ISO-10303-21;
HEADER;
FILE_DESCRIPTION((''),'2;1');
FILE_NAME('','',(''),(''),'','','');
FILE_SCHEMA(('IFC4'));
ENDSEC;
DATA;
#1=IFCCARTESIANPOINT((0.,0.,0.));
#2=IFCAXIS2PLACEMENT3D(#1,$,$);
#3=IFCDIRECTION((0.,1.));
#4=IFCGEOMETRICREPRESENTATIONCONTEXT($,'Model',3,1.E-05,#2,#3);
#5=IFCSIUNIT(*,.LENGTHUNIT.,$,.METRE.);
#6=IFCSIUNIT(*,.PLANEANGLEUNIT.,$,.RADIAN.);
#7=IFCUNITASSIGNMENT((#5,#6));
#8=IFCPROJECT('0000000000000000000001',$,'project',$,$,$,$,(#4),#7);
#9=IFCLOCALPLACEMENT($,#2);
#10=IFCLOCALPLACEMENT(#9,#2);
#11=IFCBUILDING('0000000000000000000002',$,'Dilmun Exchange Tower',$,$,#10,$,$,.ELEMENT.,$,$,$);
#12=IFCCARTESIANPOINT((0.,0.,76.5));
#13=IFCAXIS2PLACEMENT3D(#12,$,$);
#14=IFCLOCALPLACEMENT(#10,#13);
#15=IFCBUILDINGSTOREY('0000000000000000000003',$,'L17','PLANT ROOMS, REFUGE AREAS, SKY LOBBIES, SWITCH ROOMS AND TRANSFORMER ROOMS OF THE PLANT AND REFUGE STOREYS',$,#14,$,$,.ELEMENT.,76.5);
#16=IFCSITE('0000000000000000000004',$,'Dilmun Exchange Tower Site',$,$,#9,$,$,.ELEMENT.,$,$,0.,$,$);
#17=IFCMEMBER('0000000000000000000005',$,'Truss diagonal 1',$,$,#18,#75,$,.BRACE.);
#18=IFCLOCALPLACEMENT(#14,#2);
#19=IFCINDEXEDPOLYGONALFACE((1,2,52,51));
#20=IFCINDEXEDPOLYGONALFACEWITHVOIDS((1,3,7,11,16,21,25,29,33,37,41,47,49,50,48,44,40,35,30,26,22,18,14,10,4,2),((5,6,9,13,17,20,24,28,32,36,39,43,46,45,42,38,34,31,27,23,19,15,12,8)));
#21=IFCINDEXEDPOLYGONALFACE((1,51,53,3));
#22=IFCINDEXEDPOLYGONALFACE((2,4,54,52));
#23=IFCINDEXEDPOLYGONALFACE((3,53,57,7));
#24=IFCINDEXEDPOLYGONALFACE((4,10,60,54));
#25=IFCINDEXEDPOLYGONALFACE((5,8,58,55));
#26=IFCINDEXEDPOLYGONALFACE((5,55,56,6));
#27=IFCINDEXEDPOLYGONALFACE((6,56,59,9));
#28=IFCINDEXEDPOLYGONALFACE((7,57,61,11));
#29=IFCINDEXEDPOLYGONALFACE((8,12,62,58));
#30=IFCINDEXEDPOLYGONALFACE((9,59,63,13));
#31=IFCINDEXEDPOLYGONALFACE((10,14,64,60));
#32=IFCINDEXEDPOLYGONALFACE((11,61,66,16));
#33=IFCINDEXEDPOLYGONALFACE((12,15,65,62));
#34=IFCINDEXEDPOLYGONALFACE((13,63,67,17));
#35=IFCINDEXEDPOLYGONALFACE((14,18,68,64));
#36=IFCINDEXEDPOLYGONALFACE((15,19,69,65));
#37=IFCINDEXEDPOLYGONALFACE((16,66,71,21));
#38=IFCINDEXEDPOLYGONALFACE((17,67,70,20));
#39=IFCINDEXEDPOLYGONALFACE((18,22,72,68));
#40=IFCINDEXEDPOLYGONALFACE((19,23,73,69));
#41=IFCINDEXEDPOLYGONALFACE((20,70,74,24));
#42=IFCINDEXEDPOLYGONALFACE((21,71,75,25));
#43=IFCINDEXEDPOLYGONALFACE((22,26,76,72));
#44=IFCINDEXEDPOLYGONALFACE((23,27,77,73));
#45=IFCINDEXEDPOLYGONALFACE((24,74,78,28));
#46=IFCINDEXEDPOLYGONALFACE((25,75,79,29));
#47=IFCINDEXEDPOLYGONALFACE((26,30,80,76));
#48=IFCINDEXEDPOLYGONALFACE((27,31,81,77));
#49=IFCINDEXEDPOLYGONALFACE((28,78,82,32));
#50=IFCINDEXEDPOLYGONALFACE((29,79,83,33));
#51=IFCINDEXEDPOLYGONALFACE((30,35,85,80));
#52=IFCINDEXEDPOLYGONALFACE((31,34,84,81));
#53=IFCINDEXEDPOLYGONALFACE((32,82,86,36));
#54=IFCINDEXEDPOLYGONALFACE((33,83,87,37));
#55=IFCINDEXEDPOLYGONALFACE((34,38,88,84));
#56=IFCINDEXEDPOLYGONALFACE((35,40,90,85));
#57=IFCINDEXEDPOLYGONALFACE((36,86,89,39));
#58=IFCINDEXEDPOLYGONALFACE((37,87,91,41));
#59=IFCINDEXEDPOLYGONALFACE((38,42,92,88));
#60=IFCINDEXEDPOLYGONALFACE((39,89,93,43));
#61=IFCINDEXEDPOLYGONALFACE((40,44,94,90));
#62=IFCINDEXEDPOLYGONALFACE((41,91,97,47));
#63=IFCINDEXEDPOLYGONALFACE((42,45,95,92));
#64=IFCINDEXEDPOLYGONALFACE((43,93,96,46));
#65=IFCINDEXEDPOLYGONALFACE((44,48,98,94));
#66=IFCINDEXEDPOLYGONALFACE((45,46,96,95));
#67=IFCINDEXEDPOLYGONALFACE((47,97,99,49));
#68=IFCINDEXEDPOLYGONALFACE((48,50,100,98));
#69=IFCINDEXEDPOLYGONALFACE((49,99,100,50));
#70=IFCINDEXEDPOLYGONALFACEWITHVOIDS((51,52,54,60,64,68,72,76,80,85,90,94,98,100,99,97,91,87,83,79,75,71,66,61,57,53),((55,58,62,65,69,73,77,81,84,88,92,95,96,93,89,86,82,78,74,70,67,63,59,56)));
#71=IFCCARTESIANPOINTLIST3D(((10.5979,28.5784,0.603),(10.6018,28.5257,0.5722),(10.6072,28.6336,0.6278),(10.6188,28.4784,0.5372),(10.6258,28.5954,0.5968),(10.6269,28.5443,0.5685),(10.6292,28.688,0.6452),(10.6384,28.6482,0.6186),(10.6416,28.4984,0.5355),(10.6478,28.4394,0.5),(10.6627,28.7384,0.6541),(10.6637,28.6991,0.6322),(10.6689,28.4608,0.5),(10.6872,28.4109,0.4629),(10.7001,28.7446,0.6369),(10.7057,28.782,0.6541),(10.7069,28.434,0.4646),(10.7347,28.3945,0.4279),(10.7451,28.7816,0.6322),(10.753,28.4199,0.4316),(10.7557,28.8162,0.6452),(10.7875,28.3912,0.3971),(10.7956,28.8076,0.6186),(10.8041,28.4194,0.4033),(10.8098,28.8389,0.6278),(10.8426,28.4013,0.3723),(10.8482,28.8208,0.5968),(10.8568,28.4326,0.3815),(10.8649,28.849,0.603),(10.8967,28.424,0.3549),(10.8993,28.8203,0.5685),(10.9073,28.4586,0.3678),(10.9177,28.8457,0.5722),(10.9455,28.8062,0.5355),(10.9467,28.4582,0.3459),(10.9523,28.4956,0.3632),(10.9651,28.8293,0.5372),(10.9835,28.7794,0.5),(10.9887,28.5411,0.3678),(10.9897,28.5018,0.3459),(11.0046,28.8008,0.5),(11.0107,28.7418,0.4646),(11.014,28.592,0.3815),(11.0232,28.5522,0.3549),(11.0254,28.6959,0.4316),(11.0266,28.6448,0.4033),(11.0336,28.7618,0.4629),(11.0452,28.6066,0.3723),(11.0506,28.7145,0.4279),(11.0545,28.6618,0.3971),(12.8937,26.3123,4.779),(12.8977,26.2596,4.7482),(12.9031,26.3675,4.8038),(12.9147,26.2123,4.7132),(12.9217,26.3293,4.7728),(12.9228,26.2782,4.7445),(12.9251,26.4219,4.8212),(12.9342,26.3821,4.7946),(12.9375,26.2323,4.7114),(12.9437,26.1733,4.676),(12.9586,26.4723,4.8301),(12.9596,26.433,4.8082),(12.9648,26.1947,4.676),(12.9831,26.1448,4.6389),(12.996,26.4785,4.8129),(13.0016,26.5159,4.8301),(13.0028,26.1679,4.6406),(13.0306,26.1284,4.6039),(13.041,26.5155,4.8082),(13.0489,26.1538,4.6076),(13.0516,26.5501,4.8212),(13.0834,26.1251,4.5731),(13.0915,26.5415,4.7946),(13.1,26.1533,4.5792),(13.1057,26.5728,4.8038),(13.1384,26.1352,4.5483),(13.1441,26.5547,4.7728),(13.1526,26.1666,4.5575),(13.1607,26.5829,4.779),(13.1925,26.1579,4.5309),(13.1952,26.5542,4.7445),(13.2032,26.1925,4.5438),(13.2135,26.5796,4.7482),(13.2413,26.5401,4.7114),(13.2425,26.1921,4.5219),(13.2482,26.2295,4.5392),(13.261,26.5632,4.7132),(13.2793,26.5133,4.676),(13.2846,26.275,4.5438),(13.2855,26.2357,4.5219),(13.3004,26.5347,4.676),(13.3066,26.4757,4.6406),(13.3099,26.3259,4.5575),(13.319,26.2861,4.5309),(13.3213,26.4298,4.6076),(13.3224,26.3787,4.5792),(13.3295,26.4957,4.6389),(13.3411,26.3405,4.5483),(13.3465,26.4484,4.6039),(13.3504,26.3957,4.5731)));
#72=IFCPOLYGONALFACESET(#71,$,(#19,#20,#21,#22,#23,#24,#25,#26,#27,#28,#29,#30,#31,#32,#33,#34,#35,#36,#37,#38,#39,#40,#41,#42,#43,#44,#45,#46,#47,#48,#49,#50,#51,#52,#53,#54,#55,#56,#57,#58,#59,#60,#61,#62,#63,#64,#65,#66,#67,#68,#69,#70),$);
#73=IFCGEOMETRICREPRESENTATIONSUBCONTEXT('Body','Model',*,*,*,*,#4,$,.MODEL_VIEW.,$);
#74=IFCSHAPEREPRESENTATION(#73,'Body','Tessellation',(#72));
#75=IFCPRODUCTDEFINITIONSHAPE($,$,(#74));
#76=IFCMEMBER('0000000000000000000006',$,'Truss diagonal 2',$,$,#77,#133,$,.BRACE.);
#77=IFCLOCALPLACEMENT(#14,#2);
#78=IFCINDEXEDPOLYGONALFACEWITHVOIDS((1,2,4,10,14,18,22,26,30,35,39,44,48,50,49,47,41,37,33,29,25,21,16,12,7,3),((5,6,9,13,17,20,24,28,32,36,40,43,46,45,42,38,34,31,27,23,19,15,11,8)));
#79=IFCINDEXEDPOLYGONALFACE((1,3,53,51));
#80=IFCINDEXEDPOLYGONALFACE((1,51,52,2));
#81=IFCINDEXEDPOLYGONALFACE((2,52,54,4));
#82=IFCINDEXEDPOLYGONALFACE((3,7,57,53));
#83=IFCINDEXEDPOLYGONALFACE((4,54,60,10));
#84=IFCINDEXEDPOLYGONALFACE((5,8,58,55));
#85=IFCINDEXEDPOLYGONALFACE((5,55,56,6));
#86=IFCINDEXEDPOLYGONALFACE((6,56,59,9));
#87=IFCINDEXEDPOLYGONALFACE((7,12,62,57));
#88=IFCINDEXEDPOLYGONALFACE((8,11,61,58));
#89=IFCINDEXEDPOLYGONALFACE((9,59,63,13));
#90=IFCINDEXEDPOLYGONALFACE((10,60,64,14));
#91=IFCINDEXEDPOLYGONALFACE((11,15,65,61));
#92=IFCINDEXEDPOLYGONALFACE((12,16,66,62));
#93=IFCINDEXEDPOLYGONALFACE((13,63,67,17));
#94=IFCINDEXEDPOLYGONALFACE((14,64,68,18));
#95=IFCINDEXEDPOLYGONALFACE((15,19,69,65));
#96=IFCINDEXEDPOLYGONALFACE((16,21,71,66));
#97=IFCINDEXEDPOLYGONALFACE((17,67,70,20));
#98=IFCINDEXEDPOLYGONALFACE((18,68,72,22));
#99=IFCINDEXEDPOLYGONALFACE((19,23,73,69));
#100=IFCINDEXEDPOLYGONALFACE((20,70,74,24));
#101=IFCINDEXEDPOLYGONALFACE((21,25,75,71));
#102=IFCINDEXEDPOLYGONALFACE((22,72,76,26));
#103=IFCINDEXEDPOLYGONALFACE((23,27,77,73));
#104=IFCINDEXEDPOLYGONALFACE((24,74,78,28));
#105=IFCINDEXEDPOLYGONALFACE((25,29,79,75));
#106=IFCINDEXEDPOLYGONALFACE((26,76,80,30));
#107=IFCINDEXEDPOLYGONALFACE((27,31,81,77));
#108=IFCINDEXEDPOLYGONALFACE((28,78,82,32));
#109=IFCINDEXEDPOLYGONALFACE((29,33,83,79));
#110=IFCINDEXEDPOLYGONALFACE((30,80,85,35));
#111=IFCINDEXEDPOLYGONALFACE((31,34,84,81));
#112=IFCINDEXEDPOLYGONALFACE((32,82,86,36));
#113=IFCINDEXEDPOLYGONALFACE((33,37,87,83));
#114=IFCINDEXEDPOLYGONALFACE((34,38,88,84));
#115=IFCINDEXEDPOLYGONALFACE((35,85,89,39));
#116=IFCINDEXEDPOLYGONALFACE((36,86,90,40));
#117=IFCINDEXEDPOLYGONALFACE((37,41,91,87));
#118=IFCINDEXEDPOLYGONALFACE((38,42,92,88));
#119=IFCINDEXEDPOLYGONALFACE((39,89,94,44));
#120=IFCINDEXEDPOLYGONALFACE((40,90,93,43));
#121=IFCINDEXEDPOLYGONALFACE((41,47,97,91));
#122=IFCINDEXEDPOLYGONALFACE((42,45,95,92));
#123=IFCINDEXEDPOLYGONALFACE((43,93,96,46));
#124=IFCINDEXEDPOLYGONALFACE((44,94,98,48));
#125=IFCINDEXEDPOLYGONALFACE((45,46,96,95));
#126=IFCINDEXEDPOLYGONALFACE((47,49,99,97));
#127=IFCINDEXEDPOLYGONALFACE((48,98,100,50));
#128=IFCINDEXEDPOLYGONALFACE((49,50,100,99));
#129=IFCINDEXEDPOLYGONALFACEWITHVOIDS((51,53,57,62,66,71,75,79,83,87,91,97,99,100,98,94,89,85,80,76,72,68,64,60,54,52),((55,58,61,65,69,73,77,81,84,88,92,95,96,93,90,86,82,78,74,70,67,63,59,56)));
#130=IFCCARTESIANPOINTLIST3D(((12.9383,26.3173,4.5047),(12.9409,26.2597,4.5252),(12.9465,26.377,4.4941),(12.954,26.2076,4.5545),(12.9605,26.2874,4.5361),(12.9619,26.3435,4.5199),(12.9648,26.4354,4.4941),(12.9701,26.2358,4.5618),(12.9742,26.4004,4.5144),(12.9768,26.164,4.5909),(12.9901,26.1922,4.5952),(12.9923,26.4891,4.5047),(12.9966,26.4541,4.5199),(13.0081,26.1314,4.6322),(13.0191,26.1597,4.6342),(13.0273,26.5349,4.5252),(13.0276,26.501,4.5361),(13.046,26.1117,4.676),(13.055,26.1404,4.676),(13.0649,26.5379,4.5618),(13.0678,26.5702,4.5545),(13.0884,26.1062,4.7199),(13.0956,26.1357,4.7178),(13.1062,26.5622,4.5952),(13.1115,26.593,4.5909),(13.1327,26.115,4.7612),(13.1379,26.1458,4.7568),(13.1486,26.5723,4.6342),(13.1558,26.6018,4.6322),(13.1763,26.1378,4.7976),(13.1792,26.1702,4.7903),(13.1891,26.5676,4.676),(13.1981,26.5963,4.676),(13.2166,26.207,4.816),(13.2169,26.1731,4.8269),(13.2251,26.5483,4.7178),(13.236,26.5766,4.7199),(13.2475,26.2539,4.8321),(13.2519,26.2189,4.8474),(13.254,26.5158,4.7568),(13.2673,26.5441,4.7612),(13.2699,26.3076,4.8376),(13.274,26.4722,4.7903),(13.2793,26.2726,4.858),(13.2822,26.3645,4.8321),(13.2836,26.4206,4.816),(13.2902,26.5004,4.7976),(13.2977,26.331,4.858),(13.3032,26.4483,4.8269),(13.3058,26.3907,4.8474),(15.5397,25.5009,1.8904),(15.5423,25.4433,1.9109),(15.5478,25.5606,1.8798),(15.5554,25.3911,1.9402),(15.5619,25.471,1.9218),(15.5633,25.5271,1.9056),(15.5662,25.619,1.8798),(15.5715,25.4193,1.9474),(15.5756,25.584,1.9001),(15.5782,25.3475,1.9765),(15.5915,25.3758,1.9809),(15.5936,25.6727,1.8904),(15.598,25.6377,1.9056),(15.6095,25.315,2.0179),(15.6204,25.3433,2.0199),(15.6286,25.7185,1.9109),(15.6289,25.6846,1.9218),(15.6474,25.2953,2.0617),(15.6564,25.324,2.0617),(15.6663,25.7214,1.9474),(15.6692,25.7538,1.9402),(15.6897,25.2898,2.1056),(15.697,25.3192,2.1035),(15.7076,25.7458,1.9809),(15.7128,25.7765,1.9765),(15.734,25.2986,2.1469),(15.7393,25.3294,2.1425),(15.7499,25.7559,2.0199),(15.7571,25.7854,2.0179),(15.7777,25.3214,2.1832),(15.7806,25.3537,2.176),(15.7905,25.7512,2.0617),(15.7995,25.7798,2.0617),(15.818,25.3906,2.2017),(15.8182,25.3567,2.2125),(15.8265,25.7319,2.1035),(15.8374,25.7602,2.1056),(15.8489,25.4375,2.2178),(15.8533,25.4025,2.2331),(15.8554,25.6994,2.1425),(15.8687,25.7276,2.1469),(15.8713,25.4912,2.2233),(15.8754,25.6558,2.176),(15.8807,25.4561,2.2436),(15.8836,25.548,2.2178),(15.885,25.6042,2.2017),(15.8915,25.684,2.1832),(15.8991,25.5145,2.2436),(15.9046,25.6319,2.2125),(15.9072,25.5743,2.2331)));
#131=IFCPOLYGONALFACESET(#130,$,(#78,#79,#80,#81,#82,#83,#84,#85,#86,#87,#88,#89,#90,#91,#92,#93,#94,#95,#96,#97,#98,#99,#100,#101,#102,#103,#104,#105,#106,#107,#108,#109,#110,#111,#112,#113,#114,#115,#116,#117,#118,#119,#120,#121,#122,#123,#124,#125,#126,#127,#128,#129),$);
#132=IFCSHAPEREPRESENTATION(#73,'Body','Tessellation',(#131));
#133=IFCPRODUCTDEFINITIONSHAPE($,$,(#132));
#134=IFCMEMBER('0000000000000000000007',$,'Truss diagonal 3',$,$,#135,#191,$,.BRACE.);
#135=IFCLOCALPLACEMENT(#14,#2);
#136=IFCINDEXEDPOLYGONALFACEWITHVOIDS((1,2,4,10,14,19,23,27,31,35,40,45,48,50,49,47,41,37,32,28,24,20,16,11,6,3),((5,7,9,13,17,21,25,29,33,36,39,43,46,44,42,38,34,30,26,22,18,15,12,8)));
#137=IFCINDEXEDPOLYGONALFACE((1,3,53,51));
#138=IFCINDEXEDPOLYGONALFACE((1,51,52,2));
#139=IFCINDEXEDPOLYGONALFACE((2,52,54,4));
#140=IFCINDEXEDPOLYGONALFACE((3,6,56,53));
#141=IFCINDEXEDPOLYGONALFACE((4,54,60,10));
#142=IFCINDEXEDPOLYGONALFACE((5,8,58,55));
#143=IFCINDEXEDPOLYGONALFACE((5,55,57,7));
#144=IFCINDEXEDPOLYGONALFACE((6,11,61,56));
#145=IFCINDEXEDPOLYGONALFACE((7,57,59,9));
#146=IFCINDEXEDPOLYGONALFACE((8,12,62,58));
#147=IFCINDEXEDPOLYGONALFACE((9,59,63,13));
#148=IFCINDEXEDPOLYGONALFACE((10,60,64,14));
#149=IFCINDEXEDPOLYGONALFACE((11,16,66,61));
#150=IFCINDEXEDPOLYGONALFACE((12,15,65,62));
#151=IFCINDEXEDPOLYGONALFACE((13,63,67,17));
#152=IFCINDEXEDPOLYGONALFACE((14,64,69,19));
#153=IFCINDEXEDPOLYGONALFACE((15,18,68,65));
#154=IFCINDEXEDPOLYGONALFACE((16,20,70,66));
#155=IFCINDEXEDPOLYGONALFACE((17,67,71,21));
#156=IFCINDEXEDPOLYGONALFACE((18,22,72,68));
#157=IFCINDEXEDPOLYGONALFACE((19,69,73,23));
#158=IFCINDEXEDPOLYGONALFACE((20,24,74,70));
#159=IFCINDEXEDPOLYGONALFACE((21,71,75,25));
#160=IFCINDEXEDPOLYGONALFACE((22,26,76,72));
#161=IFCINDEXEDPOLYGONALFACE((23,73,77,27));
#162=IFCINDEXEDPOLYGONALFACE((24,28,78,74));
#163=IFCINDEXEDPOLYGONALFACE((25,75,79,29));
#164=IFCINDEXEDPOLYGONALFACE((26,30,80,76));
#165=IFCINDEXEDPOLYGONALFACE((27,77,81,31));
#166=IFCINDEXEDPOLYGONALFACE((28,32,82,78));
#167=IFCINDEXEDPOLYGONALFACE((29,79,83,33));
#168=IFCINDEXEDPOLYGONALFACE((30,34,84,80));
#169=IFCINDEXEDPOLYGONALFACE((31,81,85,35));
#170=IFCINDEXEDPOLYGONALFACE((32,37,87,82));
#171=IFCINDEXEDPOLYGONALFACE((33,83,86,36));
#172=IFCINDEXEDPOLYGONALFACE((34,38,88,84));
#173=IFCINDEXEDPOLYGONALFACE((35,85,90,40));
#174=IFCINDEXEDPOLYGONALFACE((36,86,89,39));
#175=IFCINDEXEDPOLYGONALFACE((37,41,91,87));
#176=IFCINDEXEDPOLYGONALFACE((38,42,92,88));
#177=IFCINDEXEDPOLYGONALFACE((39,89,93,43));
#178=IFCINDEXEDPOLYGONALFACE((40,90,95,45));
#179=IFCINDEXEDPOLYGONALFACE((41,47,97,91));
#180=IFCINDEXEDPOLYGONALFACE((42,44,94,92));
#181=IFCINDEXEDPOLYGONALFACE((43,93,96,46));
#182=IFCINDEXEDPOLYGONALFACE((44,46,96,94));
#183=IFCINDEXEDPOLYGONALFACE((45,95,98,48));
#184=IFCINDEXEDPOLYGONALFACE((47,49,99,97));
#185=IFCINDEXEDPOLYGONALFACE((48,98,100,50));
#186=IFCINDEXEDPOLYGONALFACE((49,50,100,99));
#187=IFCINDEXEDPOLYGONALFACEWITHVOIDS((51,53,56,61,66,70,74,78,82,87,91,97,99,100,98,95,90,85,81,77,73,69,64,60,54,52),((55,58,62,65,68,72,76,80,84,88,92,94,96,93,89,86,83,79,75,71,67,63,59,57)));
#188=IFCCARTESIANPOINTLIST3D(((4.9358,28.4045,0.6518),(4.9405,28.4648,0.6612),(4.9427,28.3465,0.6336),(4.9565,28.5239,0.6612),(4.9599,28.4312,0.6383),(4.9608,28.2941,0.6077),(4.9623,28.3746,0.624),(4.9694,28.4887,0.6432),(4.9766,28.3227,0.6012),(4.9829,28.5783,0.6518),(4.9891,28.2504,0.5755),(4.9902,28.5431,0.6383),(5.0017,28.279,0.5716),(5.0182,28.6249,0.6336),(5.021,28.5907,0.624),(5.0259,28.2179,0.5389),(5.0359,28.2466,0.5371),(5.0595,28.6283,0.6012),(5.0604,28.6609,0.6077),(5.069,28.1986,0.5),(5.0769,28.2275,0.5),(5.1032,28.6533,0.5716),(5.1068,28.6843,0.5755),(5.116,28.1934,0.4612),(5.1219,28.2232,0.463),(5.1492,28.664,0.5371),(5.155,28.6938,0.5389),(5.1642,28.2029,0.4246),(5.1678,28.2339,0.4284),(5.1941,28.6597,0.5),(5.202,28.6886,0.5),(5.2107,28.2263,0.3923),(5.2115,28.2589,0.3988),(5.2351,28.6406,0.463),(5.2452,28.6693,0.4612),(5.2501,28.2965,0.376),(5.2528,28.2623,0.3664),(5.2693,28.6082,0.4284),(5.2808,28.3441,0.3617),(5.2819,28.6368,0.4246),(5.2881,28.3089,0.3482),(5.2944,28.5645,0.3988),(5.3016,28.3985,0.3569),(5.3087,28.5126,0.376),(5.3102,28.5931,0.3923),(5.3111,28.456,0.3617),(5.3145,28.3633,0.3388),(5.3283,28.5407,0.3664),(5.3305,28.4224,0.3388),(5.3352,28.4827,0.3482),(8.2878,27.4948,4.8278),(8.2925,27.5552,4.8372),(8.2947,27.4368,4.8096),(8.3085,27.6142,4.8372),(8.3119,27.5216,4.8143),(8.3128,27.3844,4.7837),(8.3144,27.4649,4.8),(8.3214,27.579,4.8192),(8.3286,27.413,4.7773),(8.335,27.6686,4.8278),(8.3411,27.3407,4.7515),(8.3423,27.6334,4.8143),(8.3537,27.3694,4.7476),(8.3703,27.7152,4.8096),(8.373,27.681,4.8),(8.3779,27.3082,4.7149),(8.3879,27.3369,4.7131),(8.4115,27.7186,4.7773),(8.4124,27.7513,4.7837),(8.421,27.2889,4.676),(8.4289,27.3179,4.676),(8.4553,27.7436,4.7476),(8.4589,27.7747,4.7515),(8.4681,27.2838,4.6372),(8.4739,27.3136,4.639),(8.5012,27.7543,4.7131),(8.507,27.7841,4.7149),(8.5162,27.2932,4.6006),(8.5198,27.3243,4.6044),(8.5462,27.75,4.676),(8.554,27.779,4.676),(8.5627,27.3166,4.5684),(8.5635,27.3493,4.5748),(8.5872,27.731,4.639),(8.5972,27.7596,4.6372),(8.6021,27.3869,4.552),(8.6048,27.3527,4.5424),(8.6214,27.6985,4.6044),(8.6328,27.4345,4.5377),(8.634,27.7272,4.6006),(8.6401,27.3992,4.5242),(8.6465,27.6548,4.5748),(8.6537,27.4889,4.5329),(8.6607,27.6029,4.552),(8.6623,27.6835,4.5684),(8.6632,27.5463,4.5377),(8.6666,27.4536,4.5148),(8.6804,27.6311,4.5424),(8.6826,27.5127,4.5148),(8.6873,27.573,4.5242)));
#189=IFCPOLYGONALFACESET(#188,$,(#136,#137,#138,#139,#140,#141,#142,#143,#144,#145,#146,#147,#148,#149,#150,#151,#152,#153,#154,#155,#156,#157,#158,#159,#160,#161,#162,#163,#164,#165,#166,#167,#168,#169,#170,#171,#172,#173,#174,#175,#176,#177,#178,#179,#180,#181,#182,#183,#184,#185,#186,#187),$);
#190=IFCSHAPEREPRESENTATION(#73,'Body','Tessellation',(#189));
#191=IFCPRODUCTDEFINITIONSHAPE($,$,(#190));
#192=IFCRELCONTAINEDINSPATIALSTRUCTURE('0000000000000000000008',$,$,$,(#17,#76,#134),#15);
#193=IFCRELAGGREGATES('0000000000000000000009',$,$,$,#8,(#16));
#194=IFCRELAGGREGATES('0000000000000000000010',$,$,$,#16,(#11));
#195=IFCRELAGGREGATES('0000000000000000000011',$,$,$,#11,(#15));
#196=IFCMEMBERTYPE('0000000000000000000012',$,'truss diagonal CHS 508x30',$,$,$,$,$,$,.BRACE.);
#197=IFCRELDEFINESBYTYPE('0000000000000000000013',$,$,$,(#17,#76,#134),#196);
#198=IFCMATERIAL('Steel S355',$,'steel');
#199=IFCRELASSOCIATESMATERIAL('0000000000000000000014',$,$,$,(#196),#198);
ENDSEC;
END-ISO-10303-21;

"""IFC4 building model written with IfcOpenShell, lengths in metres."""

from ifc_helpers import new_model, si_unit, direction, frame, origin, origin_2d, place, context, subcontext, project, spatial, hollow_circle, extrude, material, material_profile, profile_set, type_object, element, save


model = new_model("IFC4")

# Units and contexts
model_context = context("Model", 3, precision=1e-05, world=origin(), true_north=direction((0.0, 1.0)))
body_context = subcontext(model_context, "Body", "Model", "MODEL_VIEW")
ifc_project = project(units=[si_unit("LENGTHUNIT", "METRE"), si_unit("PLANEANGLEUNIT", "RADIAN")], contexts=[model_context])

# Site, building, storey
site_placement = place(None, origin())
site = spatial("IfcSite", under=ifc_project, at=site_placement, Name="Dilmun Exchange Tower Site", CompositionType="ELEMENT", RefElevation=0.0)
building_placement = place(site_placement, origin())
building = spatial("IfcBuilding", under=site, at=building_placement, Name="Dilmun Exchange Tower", CompositionType="ELEMENT")
storey_placement = place(building_placement, frame((0.0, 0.0, 76.5)))
storey = spatial("IfcBuildingStorey", under=building, at=storey_placement, Name="L17", Description="PLANT ROOMS, REFUGE AREAS, SKY LOBBIES, SWITCH ROOMS AND TRANSFORMER ROOMS OF THE PLANT AND REFUGE STOREYS", CompositionType="ELEMENT", Elevation=76.5)

# Shared definitions
ifc_material_1 = material(Name="Steel S355", Category="steel")

# Members
ifc_material_profile_1 = material_profile(ifc_material_1, hollow_circle(Radius=0.2539, WallThickness=0.03, at=origin_2d()), Name="CHS 508x30")
ifc_profile_set_1 = profile_set([ifc_material_profile_1], Name="Steel S355")
member_type_1 = type_object("IfcMemberType", Name="truss diagonal CHS 508x30", PredefinedType="BRACE", material=ifc_profile_set_1)
member_1_placement = place(storey_placement, frame((13.1221, 26.354, 4.676), z_axis=(-0.435085, 0.429441, -0.791379), x_axis=(-0.702475, -0.711708, 0.0)))
element("IfcMember", 1, at=member_1_placement, inside=storey, type_object=member_type_1, Name="Truss diagonal 1", PredefinedType="BRACE", context=body_context, shape_type="SweptSolid", body=[
    extrude(hollow_circle(Radius=0.2539, WallThickness=0.03, at=origin_2d()), origin(), (0.0, 0.0, 1.0), 5.2769),
])
member_2_placement = place(storey_placement, frame((13.1221, 26.354, 4.676), z_axis=(0.688678, -0.216137, -0.692104), x_axis=(0.299442, 0.954114, 0.0)))
element("IfcMember", 2, at=member_2_placement, inside=storey, type_object=member_type_1, Name="Truss diagonal 2", PredefinedType="BRACE", context=body_context, shape_type="SweptSolid", body=[
    extrude(hollow_circle(Radius=0.2539, WallThickness=0.03, at=origin_2d()), origin(), (0.0, 0.0, 1.0), 3.7773),
])
member_3_placement = place(storey_placement, frame((8.4875, 27.5339, 4.676), z_axis=(-0.617132, 0.167475, -0.76883), x_axis=(-0.261904, -0.965094, 0.0)))
element("IfcMember", 3, at=member_3_placement, inside=storey, type_object=member_type_1, Name="Truss diagonal 3", PredefinedType="BRACE", context=body_context, shape_type="SweptSolid", body=[
    extrude(hollow_circle(Radius=0.2539, WallThickness=0.03, at=origin_2d()), origin(), (0.0, 0.0, 1.0), 5.4316),
])

save(model, "model.ifc")
